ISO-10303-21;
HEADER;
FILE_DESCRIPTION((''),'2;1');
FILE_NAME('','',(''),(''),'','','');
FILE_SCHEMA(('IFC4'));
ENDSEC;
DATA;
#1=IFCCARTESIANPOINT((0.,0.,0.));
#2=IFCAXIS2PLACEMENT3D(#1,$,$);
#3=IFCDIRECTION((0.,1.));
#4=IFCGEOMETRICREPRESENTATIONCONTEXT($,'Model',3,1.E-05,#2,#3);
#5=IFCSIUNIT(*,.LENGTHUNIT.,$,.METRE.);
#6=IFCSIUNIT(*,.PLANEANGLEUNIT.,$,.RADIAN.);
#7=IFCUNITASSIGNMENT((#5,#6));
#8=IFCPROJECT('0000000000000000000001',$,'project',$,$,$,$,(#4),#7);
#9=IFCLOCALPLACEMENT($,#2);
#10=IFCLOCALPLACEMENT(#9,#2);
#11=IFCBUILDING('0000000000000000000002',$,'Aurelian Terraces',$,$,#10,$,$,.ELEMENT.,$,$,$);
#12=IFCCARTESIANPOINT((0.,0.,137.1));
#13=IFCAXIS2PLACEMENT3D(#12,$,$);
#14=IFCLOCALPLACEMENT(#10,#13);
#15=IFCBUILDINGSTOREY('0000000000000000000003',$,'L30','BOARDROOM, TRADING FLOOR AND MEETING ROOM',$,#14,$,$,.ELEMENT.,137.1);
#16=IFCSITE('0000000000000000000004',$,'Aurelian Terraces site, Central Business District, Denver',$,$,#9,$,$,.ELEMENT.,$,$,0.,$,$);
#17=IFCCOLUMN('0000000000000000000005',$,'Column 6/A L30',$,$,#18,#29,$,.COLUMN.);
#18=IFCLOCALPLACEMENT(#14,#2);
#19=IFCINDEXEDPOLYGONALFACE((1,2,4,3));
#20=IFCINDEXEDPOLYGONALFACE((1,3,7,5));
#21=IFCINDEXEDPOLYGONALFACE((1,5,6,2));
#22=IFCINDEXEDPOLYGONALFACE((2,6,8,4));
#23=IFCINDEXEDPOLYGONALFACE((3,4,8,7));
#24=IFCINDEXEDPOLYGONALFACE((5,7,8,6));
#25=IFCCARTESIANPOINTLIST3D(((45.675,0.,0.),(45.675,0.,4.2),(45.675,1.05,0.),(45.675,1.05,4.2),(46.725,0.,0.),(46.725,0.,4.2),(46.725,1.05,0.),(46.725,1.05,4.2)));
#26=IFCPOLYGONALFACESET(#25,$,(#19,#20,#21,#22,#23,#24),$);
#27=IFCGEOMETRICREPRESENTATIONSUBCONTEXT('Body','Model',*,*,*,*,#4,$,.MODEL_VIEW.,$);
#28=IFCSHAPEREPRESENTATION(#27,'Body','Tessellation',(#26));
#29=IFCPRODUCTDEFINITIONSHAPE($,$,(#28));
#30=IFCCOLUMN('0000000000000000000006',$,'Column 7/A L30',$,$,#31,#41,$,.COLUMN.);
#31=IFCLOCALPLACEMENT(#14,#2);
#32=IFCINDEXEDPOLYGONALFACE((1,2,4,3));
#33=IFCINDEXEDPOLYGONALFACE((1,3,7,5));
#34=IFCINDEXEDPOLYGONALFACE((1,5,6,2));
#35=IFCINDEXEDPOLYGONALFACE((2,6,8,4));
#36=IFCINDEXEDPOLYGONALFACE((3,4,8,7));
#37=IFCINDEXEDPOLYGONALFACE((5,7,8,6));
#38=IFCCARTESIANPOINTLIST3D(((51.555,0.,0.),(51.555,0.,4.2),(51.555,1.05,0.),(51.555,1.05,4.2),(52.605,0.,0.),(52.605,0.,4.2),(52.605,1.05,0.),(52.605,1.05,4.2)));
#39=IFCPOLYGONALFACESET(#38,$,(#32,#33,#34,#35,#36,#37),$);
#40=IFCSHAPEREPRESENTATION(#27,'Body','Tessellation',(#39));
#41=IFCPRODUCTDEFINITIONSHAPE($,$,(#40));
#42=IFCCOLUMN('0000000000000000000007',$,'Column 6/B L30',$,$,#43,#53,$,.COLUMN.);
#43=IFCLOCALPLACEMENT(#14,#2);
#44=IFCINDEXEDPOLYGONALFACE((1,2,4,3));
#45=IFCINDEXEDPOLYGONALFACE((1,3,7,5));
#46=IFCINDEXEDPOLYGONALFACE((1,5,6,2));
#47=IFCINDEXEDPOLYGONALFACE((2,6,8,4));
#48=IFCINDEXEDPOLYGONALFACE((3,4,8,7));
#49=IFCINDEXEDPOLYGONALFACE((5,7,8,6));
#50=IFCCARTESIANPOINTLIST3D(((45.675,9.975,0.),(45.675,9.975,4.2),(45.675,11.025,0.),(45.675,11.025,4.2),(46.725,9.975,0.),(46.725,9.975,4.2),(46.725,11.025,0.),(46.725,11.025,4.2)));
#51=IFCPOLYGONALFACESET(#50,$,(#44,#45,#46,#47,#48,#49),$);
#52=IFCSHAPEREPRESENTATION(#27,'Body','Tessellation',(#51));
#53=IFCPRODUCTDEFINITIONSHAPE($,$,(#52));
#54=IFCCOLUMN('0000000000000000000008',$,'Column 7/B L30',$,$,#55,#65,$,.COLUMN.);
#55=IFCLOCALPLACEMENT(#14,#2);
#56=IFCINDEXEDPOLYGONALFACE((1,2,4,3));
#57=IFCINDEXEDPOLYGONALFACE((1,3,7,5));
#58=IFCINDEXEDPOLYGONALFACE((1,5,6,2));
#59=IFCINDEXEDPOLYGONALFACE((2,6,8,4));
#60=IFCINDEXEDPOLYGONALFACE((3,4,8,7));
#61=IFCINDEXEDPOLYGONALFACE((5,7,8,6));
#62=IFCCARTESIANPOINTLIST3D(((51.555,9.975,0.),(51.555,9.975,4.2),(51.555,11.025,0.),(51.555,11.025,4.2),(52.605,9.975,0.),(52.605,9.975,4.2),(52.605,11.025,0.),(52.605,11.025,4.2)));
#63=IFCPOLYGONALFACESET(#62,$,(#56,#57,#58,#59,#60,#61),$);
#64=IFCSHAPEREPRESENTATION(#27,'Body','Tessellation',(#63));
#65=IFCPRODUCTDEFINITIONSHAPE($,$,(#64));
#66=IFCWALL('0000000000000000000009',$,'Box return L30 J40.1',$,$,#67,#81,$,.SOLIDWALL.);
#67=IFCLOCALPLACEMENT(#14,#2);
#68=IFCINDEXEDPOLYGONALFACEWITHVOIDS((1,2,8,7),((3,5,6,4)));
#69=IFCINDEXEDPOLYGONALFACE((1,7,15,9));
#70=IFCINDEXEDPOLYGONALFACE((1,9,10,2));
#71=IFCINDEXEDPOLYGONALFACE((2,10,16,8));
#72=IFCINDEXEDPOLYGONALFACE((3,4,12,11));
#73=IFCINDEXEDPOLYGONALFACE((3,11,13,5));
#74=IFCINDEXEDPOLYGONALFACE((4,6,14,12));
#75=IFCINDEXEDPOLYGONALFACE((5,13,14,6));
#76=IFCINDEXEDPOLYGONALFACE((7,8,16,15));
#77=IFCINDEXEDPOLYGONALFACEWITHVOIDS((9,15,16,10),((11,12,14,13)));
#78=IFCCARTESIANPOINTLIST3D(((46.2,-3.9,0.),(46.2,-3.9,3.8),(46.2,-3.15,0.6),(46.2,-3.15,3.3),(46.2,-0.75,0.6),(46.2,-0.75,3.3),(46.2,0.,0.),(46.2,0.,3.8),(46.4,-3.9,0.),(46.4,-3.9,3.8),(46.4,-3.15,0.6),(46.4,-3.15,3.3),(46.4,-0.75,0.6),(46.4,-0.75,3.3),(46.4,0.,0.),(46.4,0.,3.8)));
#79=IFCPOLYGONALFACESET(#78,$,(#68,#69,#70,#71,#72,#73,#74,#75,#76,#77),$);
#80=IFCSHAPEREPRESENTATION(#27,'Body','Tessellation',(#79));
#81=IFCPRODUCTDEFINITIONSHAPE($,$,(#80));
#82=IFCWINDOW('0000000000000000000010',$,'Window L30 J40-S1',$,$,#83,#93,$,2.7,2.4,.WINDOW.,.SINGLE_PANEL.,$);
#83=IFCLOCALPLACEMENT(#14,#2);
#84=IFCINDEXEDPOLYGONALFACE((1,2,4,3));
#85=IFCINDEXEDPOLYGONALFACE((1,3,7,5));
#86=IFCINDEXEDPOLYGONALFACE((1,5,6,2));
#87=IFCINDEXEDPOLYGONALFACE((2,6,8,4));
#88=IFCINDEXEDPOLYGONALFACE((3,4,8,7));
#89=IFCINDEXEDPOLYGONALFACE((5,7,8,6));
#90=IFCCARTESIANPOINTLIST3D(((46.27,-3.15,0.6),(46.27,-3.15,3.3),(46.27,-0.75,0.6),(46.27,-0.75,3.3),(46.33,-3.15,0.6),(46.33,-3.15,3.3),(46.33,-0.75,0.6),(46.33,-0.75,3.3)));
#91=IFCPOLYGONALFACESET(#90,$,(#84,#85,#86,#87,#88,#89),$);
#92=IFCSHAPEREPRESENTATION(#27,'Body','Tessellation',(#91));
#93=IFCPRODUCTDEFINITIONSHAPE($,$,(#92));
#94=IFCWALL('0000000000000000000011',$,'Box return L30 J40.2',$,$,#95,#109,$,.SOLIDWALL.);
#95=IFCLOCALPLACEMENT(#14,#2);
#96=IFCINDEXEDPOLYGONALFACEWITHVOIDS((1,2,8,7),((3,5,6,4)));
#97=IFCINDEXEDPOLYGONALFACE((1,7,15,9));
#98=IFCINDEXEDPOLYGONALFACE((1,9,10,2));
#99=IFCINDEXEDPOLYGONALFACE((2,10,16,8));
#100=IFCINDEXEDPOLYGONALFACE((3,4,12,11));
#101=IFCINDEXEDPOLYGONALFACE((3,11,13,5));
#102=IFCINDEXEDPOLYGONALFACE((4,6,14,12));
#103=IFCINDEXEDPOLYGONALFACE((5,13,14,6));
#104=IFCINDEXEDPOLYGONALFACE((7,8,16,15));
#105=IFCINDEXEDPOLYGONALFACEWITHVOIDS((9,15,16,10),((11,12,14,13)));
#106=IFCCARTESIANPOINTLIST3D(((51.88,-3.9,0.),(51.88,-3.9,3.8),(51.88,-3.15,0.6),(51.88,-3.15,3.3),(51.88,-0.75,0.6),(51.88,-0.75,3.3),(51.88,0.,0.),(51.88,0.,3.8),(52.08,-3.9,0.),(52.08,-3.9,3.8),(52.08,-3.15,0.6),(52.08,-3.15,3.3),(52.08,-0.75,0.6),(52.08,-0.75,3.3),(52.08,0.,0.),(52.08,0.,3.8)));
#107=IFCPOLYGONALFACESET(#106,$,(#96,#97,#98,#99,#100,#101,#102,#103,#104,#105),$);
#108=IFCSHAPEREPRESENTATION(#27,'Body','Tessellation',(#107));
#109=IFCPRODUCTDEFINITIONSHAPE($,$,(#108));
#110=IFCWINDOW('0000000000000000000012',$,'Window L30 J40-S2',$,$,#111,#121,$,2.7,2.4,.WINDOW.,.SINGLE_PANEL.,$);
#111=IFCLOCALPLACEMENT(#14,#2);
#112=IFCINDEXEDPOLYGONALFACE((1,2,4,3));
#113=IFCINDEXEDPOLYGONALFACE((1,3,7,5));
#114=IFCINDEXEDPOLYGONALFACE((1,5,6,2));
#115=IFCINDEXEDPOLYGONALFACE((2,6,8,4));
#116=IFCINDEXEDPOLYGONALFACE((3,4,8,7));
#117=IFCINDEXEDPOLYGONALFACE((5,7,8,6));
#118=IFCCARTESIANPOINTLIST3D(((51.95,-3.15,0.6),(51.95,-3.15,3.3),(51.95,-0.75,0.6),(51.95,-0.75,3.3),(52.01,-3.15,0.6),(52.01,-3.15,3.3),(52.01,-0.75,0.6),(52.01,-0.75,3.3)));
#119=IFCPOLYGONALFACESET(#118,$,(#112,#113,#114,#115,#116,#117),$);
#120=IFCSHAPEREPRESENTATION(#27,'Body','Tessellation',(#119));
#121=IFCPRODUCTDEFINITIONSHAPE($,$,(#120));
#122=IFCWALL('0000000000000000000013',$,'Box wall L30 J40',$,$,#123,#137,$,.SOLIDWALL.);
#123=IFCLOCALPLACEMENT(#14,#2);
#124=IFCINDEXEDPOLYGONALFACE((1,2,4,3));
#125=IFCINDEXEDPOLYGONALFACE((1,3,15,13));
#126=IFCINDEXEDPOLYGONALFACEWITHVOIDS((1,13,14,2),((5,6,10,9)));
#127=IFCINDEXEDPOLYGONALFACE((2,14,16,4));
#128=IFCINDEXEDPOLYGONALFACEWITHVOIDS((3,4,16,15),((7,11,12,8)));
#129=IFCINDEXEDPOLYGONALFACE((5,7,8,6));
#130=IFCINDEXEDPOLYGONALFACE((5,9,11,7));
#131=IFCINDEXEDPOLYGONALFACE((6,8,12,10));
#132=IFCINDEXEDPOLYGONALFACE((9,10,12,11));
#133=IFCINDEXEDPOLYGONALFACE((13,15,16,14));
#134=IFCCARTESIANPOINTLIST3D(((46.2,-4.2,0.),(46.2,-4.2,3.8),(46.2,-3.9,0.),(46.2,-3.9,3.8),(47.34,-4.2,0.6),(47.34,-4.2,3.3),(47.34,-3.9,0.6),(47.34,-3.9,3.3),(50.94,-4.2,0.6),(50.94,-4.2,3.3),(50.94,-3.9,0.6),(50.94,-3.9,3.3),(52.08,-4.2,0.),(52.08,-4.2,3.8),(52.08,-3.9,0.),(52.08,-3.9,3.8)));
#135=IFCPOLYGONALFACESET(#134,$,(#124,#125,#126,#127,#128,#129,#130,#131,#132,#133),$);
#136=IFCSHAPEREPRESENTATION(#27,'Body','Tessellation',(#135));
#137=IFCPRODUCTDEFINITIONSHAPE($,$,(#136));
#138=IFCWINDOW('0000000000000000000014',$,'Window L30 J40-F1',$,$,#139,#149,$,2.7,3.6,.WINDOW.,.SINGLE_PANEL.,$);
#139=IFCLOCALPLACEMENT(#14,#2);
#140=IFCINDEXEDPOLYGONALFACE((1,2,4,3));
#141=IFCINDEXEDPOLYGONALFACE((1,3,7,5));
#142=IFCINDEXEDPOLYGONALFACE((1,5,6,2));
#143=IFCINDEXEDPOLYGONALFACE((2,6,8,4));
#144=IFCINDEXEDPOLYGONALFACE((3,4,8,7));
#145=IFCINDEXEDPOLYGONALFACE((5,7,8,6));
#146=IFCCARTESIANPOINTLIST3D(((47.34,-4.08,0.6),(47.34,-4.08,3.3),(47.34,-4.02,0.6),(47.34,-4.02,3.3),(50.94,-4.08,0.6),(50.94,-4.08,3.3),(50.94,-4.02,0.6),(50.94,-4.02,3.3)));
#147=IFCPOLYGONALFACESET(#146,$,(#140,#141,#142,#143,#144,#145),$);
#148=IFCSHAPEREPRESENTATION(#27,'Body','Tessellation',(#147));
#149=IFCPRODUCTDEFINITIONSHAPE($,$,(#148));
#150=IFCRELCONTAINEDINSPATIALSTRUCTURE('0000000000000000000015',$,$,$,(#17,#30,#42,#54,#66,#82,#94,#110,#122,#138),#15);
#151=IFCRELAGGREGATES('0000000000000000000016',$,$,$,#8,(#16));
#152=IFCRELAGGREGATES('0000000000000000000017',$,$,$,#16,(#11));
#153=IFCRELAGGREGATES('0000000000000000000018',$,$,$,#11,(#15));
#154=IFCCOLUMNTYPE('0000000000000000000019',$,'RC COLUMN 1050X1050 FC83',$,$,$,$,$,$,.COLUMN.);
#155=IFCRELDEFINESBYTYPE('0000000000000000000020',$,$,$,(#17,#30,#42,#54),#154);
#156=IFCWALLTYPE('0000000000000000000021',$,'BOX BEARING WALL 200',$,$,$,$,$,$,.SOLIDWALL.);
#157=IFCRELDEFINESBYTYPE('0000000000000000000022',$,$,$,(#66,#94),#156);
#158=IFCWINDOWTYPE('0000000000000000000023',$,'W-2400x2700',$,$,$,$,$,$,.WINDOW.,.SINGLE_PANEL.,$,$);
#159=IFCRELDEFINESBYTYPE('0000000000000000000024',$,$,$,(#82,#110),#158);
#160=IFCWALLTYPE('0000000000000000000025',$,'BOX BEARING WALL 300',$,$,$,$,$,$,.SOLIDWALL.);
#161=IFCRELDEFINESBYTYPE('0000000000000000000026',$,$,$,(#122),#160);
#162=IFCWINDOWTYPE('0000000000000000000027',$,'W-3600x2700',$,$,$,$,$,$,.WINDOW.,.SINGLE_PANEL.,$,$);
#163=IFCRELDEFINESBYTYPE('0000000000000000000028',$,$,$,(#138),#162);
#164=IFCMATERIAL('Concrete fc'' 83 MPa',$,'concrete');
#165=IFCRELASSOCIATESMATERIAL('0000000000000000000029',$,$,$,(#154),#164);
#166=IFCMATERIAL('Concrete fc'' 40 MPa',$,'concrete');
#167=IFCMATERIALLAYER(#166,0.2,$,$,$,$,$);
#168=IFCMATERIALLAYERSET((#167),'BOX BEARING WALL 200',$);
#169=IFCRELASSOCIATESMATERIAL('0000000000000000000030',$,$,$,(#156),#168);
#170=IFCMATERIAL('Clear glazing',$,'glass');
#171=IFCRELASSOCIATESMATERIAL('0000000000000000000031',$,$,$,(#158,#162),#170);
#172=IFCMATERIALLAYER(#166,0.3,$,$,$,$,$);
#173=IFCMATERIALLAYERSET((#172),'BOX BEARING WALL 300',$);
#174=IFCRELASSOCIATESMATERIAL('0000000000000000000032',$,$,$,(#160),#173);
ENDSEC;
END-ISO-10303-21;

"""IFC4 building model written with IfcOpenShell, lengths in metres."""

from ifc_helpers import new_model, si_unit, direction, frame, frame_2d, origin, origin_2d, place, context, subcontext, project, spatial, rectangle, extrude, source, transform, mapped, material, layer, layer_set, material_profile, profile_set, type_object, element, fill, save


model = new_model("IFC4")

# Units and contexts
model_context = context("Model", 3, precision=1e-05, world=origin(), true_north=direction((0.0, 1.0)))
body_context = subcontext(model_context, "Body", "Model", "MODEL_VIEW")
ifc_project = project(units=[si_unit("LENGTHUNIT", "METRE"), si_unit("PLANEANGLEUNIT", "RADIAN")], contexts=[model_context])

# Site, building, storey
site_placement = place(None, origin())
site = spatial("IfcSite", under=ifc_project, at=site_placement, Name="Aurelian Terraces site, Central Business District, Denver", CompositionType="ELEMENT", RefElevation=0.0)
building_placement = place(site_placement, origin())
building = spatial("IfcBuilding", under=site, at=building_placement, Name="Aurelian Terraces", CompositionType="ELEMENT")
storey_placement = place(building_placement, frame((0.0, 0.0, 137.1)))
storey = spatial("IfcBuildingStorey", under=building, at=storey_placement, Name="L30", Description="BOARDROOM, TRADING FLOOR AND MEETING ROOM", CompositionType="ELEMENT", Elevation=137.1)

# Columns
ifc_material_1 = material(Name="Concrete fc' 83 MPa", Category="concrete")
ifc_material_profile = material_profile(ifc_material_1, rectangle(XDim=1.05, YDim=1.05, at=origin_2d()))
ifc_profile_set = profile_set([ifc_material_profile], Name="Concrete fc' 83 MPa")
column_type = type_object("IfcColumnType", Name="RC COLUMN 1050X1050 FC83", PredefinedType="COLUMN", material=ifc_profile_set)
shared_shape_1 = source(origin(), body_context, "Body", "SweptSolid", [
    extrude(rectangle(XDim=1.05, YDim=1.05, at=origin_2d()), origin(), (0.0, 0.0, 1.0), 4.2),
])
for number, where, z_axis, x_axis, name in (
    (1, (46.2, 0.525, 0.0), (0.0, 0.0, 1.0), (1.0, 0.0, 0.0), "Column 6/A L30"),
    (2, (52.08, 0.525, 0.0), (0.0, 0.0, 1.0), (1.0, 0.0, 0.0), "Column 7/A L30"),
    (3, (46.2, 10.5, 0.0), (0.0, 0.0, 1.0), (1.0, 0.0, 0.0), "Column 6/B L30"),
    (4, (52.08, 10.5, 0.0), (0.0, 0.0, 1.0), (1.0, 0.0, 0.0), "Column 7/B L30"),
):
    element("IfcColumn", number, at=place(storey_placement, frame(where, z_axis=z_axis, x_axis=x_axis)), inside=storey, type_object=column_type, Name=name, PredefinedType="COLUMN", context=body_context, shape_type="MappedRepresentation", body=[
        mapped(shared_shape_1, transform((0.0, 0.0, 0.0), scale=1.0)),
    ])

# Walls, openings, windows
ifc_material_2 = material(Name="Concrete fc' 40 MPa", Category="concrete")
ifc_layer_1 = layer(ifc_material_2, 0.2)
ifc_layer_set_1 = layer_set([ifc_layer_1], Name="BOX BEARING WALL 200")
wall_type_1 = type_object("IfcWallType", Name="BOX BEARING WALL 200", PredefinedType="SOLIDWALL", material=ifc_layer_set_1)
shared_shape_2 = source(origin(), body_context, "Body", "SweptSolid", [
    extrude(rectangle(XDim=3.9, YDim=0.2, at=frame_2d((1.95, 0.0))), origin(), (0.0, 0.0, 1.0), 3.8),
])
wall_1_placement = place(storey_placement, frame((46.3, 0.0, 0.0), z_axis=(0.0, 0.0, 1.0), x_axis=(0.0, -1.0, 0.0)))
wall_1 = element("IfcWall", 5, at=wall_1_placement, inside=storey, type_object=wall_type_1, Name="Box return L30 J40.1", PredefinedType="SOLIDWALL", context=body_context, shape_type="MappedRepresentation", body=[
    mapped(shared_shape_2, transform((0.0, 0.0, 0.0), scale=1.0)),
])
shared_shape_3 = source(origin(), body_context, "Body", "SweptSolid", [
    extrude(rectangle(XDim=2.4, YDim=2.7, at=frame_2d((1.2, 1.35))), frame((0.0, 0.11, 0.0), z_axis=(0.0, -1.0, 0.0), x_axis=(1.0, 0.0, 0.0)), (0.0, 0.0, 1.0), 0.22),
])
opening_1_placement = place(wall_1_placement, frame((0.75, 0.0, 0.6)))
opening_1 = element("IfcOpeningElement", 6, at=opening_1_placement, cuts=wall_1, PredefinedType="OPENING", context=body_context, shape_type="MappedRepresentation", body=[
    mapped(shared_shape_3, transform((0.0, 0.0, 0.0), scale=1.0)),
])
ifc_material_3 = material(Name="Clear glazing", Category="glass")
window_type_1 = type_object("IfcWindowType", Name="W-2400x2700", PartitioningType="SINGLE_PANEL", PredefinedType="WINDOW", material=ifc_material_3)
shared_shape_4 = source(origin(), body_context, "Body", "SweptSolid", [
    extrude(rectangle(XDim=2.4, YDim=2.7, at=frame_2d((1.2, 1.35))), frame((0.0, 0.03, 0.0), z_axis=(0.0, -1.0, 0.0), x_axis=(1.0, 0.0, 0.0)), (0.0, 0.0, 1.0), 0.06),
])
window_1_placement = place(opening_1_placement, origin())
window_1 = element("IfcWindow", 7, at=window_1_placement, inside=storey, type_object=window_type_1, Name="Window L30 J40-S1", OverallHeight=2.7, OverallWidth=2.4, PartitioningType="SINGLE_PANEL", PredefinedType="WINDOW", context=body_context, shape_type="MappedRepresentation", body=[
    mapped(shared_shape_4, transform((0.0, 0.0, 0.0), scale=1.0)),
])
fill(opening_1, window_1)
wall_2_placement = place(storey_placement, frame((51.98, 0.0, 0.0), z_axis=(0.0, 0.0, 1.0), x_axis=(0.0, -1.0, 0.0)))
wall_2 = element("IfcWall", 8, at=wall_2_placement, inside=storey, type_object=wall_type_1, Name="Box return L30 J40.2", PredefinedType="SOLIDWALL", context=body_context, shape_type="MappedRepresentation", body=[
    mapped(shared_shape_2, transform((0.0, 0.0, 0.0), scale=1.0)),
])
opening_2_placement = place(wall_2_placement, frame((0.75, 0.0, 0.6)))
opening_2 = element("IfcOpeningElement", 9, at=opening_2_placement, cuts=wall_2, PredefinedType="OPENING", context=body_context, shape_type="MappedRepresentation", body=[
    mapped(shared_shape_3, transform((0.0, 0.0, 0.0), scale=1.0)),
])
window_2_placement = place(opening_2_placement, origin())
window_2 = element("IfcWindow", 10, at=window_2_placement, inside=storey, type_object=window_type_1, Name="Window L30 J40-S2", OverallHeight=2.7, OverallWidth=2.4, PartitioningType="SINGLE_PANEL", PredefinedType="WINDOW", context=body_context, shape_type="MappedRepresentation", body=[
    mapped(shared_shape_4, transform((0.0, 0.0, 0.0), scale=1.0)),
])
fill(opening_2, window_2)
ifc_layer_2 = layer(ifc_material_2, 0.3)
ifc_layer_set_2 = layer_set([ifc_layer_2], Name="BOX BEARING WALL 300")
wall_type_2 = type_object("IfcWallType", Name="BOX BEARING WALL 300", PredefinedType="SOLIDWALL", material=ifc_layer_set_2)
shared_shape_5 = source(origin(), body_context, "Body", "SweptSolid", [
    extrude(rectangle(XDim=5.88, YDim=0.3, at=frame_2d((2.94, 0.0))), origin(), (0.0, 0.0, 1.0), 3.8),
])
wall_3_placement = place(storey_placement, frame((46.2, -4.05, 0.0), z_axis=(0.0, 0.0, 1.0), x_axis=(1.0, 0.0, 0.0)))
wall_3 = element("IfcWall", 11, at=wall_3_placement, inside=storey, type_object=wall_type_2, Name="Box wall L30 J40", PredefinedType="SOLIDWALL", context=body_context, shape_type="MappedRepresentation", body=[
    mapped(shared_shape_5, transform((0.0, 0.0, 0.0), scale=1.0)),
])
shared_shape_6 = source(origin(), body_context, "Body", "SweptSolid", [
    extrude(rectangle(XDim=3.6, YDim=2.7, at=frame_2d((1.8, 1.35))), frame((0.0, 0.16, 0.0), z_axis=(0.0, -1.0, 0.0), x_axis=(1.0, 0.0, 0.0)), (0.0, 0.0, 1.0), 0.32),
])
opening_3_placement = place(wall_3_placement, frame((1.14, 0.0, 0.6)))
opening_3 = element("IfcOpeningElement", 12, at=opening_3_placement, cuts=wall_3, PredefinedType="OPENING", context=body_context, shape_type="MappedRepresentation", body=[
    mapped(shared_shape_6, transform((0.0, 0.0, 0.0), scale=1.0)),
])
window_type_2 = type_object("IfcWindowType", Name="W-3600x2700", PartitioningType="SINGLE_PANEL", PredefinedType="WINDOW", material=ifc_material_3)
shared_shape_7 = source(origin(), body_context, "Body", "SweptSolid", [
    extrude(rectangle(XDim=3.6, YDim=2.7, at=frame_2d((1.8, 1.35))), frame((0.0, 0.03, 0.0), z_axis=(0.0, -1.0, 0.0), x_axis=(1.0, 0.0, 0.0)), (0.0, 0.0, 1.0), 0.06),
])
window_3_placement = place(opening_3_placement, origin())
window_3 = element("IfcWindow", 13, at=window_3_placement, inside=storey, type_object=window_type_2, Name="Window L30 J40-F1", OverallHeight=2.7, OverallWidth=3.6, PartitioningType="SINGLE_PANEL", PredefinedType="WINDOW", context=body_context, shape_type="MappedRepresentation", body=[
    mapped(shared_shape_7, transform((0.0, 0.0, 0.0), scale=1.0)),
])
fill(opening_3, window_3)

save(model, "model.ifc")
